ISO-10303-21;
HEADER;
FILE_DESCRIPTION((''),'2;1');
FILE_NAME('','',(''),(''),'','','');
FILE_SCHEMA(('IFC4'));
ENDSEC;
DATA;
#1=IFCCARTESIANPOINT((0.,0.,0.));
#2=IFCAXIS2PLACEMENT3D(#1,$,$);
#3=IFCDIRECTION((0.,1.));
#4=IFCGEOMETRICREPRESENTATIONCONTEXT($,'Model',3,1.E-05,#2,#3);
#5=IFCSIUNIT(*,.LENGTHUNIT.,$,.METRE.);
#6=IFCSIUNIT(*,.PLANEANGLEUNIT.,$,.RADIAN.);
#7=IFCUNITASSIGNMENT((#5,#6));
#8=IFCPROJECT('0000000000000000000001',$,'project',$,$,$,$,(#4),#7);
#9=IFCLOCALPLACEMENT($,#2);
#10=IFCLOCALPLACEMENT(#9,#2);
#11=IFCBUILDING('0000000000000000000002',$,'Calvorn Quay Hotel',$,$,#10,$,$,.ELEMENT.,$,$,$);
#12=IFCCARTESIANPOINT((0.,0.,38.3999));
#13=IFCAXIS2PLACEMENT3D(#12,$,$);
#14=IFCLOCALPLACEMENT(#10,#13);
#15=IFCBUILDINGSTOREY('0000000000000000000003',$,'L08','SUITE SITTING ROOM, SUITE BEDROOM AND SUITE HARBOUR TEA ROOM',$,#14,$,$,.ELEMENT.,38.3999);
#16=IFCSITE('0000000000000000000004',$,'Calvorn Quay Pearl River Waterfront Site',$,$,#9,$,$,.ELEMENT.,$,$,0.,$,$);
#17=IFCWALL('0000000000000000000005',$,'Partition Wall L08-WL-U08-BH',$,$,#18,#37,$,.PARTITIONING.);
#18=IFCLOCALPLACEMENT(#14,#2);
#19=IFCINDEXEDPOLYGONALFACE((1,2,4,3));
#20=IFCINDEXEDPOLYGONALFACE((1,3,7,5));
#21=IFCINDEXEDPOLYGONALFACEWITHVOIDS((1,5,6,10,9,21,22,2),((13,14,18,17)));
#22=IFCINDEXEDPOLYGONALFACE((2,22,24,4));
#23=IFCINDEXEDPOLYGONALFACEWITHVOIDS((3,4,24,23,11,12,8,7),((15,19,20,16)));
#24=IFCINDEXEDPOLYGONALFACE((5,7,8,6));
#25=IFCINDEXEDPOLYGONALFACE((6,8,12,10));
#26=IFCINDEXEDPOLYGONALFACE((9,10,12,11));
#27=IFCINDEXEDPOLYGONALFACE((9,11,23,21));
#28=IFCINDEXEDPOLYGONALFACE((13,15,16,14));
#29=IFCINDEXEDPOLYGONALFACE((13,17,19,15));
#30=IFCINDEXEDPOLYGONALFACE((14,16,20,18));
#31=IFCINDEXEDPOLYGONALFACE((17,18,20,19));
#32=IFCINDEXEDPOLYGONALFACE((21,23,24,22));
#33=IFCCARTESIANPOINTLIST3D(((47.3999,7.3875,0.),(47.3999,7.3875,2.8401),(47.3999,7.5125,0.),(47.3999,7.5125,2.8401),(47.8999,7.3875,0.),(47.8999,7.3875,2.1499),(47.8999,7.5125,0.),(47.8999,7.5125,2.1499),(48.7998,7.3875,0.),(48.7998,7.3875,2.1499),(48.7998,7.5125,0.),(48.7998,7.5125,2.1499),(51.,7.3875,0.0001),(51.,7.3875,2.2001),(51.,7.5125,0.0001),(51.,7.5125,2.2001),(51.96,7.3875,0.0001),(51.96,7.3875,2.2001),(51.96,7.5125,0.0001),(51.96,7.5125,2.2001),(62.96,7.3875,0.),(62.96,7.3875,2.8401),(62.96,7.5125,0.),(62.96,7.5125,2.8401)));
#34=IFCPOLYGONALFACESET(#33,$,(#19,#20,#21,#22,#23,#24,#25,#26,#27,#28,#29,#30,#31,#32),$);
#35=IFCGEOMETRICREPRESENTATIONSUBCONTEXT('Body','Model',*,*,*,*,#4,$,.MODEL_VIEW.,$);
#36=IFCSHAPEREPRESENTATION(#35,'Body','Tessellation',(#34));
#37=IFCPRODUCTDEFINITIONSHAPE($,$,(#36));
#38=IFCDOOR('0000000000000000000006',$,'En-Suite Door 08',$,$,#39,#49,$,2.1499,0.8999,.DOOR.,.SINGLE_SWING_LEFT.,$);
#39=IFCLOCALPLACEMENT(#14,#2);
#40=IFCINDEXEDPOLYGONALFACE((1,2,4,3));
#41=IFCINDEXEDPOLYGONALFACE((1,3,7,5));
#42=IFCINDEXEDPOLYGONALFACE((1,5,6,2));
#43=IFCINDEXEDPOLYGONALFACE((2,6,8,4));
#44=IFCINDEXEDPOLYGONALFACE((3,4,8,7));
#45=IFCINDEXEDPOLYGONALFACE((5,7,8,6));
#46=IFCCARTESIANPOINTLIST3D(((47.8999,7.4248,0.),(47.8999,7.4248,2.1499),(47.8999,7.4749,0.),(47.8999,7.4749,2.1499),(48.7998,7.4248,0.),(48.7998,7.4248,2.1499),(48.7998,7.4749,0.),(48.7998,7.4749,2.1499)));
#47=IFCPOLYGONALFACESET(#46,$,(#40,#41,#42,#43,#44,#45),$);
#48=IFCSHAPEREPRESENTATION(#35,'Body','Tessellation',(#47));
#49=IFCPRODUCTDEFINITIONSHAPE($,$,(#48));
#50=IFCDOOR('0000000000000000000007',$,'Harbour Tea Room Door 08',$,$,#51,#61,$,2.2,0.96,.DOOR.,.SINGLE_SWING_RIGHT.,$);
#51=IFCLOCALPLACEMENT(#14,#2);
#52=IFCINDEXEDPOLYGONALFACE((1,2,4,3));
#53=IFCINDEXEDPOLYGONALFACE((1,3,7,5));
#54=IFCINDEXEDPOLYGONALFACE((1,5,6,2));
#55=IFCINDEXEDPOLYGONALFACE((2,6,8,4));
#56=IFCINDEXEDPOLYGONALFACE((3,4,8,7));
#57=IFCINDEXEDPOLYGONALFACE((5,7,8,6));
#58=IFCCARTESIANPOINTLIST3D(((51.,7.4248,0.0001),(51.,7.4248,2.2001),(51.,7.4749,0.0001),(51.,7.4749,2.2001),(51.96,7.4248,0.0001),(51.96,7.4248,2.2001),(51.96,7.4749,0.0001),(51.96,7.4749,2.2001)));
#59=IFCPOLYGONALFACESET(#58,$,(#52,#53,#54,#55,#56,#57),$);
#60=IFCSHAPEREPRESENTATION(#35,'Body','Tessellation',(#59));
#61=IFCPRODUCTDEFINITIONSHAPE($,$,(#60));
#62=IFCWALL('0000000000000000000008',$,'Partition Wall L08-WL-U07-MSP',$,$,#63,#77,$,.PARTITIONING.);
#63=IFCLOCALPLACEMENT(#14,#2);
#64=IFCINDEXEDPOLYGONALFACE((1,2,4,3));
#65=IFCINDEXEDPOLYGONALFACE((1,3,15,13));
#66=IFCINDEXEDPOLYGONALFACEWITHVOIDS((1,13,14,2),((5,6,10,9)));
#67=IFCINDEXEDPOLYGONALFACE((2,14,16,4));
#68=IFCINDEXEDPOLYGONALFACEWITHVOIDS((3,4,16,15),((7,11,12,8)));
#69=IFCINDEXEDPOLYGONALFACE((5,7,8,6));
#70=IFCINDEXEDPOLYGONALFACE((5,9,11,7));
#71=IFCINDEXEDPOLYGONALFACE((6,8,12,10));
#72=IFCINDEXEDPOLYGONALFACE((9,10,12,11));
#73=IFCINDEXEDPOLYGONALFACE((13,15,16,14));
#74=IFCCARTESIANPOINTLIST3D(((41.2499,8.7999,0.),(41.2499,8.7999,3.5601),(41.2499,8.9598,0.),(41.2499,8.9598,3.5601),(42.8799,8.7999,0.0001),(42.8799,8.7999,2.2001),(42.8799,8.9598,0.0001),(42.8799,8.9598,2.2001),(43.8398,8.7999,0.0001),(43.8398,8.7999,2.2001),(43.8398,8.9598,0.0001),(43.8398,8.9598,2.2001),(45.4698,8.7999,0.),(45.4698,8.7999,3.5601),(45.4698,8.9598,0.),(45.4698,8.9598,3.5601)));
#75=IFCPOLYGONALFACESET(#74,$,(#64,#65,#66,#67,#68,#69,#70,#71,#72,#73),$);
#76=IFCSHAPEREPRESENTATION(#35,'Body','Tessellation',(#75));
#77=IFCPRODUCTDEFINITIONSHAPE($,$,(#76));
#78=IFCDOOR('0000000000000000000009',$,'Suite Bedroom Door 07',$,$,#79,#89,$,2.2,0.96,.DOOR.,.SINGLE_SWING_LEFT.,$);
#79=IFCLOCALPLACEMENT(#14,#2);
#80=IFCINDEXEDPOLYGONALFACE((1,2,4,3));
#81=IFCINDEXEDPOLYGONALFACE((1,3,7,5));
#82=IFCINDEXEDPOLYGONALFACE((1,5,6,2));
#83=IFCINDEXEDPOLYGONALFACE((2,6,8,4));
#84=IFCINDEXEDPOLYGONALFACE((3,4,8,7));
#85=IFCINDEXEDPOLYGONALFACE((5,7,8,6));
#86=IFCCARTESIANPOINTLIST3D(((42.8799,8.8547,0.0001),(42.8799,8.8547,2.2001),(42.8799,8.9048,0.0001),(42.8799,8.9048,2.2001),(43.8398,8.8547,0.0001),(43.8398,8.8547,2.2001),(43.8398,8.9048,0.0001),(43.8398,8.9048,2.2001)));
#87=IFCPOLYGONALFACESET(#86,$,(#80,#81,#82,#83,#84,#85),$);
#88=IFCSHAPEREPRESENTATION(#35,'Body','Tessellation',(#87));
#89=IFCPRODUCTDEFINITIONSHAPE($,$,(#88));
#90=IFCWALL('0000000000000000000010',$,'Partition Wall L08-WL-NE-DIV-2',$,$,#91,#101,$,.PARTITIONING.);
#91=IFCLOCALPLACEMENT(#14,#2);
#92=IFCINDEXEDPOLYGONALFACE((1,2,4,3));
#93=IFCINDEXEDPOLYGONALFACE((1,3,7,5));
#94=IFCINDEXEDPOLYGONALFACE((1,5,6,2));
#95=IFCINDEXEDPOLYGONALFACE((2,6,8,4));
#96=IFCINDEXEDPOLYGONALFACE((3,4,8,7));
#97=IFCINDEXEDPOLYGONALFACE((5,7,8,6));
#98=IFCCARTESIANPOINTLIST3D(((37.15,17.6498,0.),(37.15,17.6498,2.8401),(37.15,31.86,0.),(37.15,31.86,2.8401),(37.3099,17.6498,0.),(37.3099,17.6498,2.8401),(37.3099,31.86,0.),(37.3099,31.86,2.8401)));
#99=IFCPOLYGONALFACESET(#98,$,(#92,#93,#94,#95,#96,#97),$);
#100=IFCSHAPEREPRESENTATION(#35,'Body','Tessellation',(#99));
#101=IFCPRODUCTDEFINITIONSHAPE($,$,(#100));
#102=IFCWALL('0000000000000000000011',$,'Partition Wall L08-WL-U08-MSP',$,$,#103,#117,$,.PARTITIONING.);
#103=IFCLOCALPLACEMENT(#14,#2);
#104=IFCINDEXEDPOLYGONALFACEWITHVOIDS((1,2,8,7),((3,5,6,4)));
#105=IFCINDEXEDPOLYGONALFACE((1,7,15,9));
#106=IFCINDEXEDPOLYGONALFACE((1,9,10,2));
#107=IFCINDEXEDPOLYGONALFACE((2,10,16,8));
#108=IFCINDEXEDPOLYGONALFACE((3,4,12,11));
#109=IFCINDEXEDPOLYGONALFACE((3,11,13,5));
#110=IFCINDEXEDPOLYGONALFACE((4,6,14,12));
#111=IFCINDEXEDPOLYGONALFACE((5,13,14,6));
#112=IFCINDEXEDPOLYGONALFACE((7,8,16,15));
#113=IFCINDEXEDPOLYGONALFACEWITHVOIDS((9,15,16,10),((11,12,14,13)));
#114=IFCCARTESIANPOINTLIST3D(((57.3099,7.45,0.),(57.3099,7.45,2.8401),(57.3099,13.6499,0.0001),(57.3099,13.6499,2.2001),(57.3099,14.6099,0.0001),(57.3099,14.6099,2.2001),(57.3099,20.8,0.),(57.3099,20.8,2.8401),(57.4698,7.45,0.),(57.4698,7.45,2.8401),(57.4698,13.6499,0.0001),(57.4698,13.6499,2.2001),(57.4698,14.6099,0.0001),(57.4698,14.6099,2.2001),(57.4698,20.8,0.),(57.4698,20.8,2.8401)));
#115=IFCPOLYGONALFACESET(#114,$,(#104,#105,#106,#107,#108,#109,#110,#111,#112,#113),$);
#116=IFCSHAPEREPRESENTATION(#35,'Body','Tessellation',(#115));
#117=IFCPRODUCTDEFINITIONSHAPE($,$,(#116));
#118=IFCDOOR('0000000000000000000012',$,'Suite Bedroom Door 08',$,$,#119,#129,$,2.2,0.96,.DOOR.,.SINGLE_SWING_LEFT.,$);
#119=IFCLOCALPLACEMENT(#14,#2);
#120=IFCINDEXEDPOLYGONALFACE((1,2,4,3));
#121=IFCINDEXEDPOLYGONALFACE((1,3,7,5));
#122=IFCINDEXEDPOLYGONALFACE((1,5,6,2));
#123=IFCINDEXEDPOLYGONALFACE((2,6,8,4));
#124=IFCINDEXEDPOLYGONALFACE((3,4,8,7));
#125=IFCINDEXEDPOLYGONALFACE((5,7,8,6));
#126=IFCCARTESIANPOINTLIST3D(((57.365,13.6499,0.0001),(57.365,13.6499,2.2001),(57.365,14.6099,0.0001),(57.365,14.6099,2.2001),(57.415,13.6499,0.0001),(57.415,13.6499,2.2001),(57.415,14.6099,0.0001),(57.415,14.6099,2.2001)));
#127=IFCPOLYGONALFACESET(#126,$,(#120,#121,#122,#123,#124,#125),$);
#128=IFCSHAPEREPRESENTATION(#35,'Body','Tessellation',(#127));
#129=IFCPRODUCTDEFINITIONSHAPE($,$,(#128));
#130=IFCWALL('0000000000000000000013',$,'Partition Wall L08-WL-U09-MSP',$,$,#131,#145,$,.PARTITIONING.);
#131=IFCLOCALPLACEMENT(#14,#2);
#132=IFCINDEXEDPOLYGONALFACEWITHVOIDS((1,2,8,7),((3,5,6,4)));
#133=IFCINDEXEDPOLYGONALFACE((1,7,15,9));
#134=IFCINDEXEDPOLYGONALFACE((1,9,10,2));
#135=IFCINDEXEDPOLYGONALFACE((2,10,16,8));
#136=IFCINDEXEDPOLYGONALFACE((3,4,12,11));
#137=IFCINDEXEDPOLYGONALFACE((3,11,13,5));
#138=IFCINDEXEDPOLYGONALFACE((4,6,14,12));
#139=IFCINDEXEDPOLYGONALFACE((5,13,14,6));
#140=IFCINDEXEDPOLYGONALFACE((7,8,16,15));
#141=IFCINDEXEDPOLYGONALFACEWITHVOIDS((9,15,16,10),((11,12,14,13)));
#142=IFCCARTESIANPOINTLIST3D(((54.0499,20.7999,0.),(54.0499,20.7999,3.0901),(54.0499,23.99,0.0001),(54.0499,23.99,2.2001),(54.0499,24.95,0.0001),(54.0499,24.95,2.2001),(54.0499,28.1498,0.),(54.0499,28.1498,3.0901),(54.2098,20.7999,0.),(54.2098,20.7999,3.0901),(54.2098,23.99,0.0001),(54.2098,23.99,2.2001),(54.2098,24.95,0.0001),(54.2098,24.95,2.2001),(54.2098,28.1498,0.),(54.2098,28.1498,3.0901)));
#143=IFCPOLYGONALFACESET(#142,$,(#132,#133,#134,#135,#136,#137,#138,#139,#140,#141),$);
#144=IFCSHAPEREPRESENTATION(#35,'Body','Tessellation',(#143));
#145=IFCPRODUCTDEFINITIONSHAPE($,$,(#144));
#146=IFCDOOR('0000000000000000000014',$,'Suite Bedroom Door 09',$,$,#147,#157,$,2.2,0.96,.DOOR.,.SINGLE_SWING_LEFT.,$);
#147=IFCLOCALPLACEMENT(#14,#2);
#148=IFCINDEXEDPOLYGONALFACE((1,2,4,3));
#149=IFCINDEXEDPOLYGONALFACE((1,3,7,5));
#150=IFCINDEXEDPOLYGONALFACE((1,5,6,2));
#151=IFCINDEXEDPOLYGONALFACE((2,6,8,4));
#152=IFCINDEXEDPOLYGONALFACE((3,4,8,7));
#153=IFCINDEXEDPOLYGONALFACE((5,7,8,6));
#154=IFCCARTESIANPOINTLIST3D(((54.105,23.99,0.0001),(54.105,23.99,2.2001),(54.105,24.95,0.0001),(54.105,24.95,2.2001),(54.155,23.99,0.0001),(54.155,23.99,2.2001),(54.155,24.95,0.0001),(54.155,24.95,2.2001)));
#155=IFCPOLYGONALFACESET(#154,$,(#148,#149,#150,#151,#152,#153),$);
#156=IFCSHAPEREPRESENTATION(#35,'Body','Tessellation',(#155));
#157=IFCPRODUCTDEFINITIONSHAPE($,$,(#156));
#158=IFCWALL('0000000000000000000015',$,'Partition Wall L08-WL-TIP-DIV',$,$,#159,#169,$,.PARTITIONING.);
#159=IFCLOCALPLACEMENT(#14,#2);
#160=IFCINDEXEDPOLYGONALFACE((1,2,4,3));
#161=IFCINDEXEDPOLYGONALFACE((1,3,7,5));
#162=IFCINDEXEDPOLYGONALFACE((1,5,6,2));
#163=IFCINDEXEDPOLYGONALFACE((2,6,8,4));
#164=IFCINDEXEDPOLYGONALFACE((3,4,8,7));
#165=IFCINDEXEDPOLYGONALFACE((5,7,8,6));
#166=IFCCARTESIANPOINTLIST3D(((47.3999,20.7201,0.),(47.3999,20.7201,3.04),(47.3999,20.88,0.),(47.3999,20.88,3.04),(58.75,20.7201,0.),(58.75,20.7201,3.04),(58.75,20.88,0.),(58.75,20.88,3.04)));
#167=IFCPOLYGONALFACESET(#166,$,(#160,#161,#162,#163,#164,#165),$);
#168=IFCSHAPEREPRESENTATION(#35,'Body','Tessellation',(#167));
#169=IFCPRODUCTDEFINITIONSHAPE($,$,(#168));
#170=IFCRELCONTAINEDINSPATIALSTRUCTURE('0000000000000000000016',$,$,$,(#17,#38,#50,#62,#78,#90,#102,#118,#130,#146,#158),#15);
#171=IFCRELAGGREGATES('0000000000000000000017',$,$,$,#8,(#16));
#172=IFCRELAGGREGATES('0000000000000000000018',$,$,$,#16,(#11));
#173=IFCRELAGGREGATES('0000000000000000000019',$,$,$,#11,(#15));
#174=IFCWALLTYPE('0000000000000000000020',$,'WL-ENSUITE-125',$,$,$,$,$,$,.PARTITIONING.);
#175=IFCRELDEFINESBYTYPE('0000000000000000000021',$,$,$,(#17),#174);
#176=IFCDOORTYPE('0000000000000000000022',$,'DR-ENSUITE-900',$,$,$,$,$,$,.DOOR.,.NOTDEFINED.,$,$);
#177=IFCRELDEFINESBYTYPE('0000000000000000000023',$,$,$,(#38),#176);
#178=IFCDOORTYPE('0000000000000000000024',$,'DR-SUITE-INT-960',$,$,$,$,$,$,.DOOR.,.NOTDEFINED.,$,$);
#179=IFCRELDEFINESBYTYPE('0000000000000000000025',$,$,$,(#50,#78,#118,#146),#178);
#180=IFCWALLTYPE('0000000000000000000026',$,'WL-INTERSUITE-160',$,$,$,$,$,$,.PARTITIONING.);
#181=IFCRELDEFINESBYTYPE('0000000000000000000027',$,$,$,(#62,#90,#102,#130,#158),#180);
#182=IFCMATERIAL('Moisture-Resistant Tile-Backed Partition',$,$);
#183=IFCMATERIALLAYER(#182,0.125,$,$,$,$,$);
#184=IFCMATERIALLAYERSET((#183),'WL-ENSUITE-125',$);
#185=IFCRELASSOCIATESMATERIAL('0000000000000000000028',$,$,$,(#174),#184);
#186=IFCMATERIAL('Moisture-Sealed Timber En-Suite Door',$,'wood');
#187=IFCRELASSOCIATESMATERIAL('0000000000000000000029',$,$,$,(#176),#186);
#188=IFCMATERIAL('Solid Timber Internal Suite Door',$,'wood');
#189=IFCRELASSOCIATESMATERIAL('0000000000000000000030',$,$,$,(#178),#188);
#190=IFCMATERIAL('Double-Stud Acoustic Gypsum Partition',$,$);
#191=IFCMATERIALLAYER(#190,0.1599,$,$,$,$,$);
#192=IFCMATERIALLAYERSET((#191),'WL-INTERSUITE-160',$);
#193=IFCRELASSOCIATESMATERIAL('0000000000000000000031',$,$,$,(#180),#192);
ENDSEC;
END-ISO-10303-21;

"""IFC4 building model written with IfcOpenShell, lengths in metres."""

from ifc_helpers import new_model, si_unit, direction, frame, frame_2d, origin, place, context, subcontext, project, spatial, rectangle, extrude, material, layer, layer_set, type_object, element, fill, save


model = new_model("IFC4")

# Units and contexts
model_context = context("Model", 3, precision=1e-05, world=origin(), true_north=direction((0.0, 1.0)))
body_context = subcontext(model_context, "Body", "Model", "MODEL_VIEW")
ifc_project = project(units=[si_unit("LENGTHUNIT", "METRE"), si_unit("PLANEANGLEUNIT", "RADIAN")], contexts=[model_context])

# Site, building, storey
site_placement = place(None, origin())
site = spatial("IfcSite", under=ifc_project, at=site_placement, Name="Calvorn Quay Pearl River Waterfront Site", CompositionType="ELEMENT", RefElevation=0.0)
building_placement = place(site_placement, origin())
building = spatial("IfcBuilding", under=site, at=building_placement, Name="Calvorn Quay Hotel", CompositionType="ELEMENT")
storey_placement = place(building_placement, frame((0.0, 0.0, 38.3999)))
storey = spatial("IfcBuildingStorey", under=building, at=storey_placement, Name="L08", Description="SUITE SITTING ROOM, SUITE BEDROOM AND SUITE HARBOUR TEA ROOM", CompositionType="ELEMENT", Elevation=38.3999)

# Shared definitions
ifc_material_1 = material(Name="Moisture-Resistant Tile-Backed Partition")
ifc_layer_1 = layer(ifc_material_1, 0.125)
ifc_layer_set_1 = layer_set([ifc_layer_1], Name="WL-ENSUITE-125")
wall_type_1 = type_object("IfcWallType", Name="WL-ENSUITE-125", PredefinedType="PARTITIONING", material=ifc_layer_set_1)

# Wall, openings, doors
wall_1_placement = place(storey_placement, frame((47.3999, 7.45, 0.0), z_axis=(0.0, 0.0, 1.0), x_axis=(1.0, 0.0, 0.0)))
wall_1 = element("IfcWall", 1, at=wall_1_placement, inside=storey, type_object=wall_type_1, Name="Partition Wall L08-WL-U08-BH", PredefinedType="PARTITIONING", context=body_context, shape_type="SweptSolid", body=[
    extrude(rectangle(XDim=15.5601, YDim=0.125, at=frame_2d((7.78, 0.0))), origin(), (0.0, 0.0, 1.0), 2.8401),
])
opening_1_placement = place(wall_1_placement, frame((0.5, 0.0, 0.0)))
opening_1 = element("IfcOpeningElement", 2, at=opening_1_placement, cuts=wall_1, PredefinedType="OPENING", context=body_context, shape_type="SweptSolid", body=[
    extrude(rectangle(XDim=0.8999, YDim=2.1499, at=frame_2d((0.45, 1.075))), frame((0.0, 0.0725, 0.0), z_axis=(0.0, -1.0, 0.0), x_axis=(1.0, 0.0, 0.0)), (0.0, 0.0, 1.0), 0.145),
])
opening_2_placement = place(wall_1_placement, frame((3.6001, 0.0, 0.0)))
opening_2 = element("IfcOpeningElement", 3, at=opening_2_placement, cuts=wall_1, PredefinedType="OPENING", context=body_context, shape_type="SweptSolid", body=[
    extrude(rectangle(XDim=0.96, YDim=2.2, at=frame_2d((0.48, 1.1001))), frame((0.0, 0.0725, 0.0), z_axis=(0.0, -1.0, 0.0), x_axis=(1.0, 0.0, 0.0)), (0.0, 0.0, 1.0), 0.145),
])
ifc_material_2 = material(Name="Moisture-Sealed Timber En-Suite Door", Category="wood")
door_type_1 = type_object("IfcDoorType", Name="DR-ENSUITE-900", OperationType="NOTDEFINED", PredefinedType="DOOR", material=ifc_material_2)
door_1_placement = place(opening_1_placement, origin())
door_1 = element("IfcDoor", 4, at=door_1_placement, inside=storey, type_object=door_type_1, Name="En-Suite Door 08", OperationType="SINGLE_SWING_LEFT", OverallHeight=2.1499, OverallWidth=0.8999, PredefinedType="DOOR", context=body_context, shape_type="SweptSolid", body=[
    extrude(rectangle(XDim=0.8999, YDim=2.1499, at=frame_2d((0.45, 1.075))), frame((0.0, 0.0249, 0.0), z_axis=(0.0, -1.0, 0.0), x_axis=(1.0, 0.0, 0.0)), (0.0, 0.0, 1.0), 0.05),
])
fill(opening_1, door_1)
ifc_material_3 = material(Name="Solid Timber Internal Suite Door", Category="wood")
door_type_2 = type_object("IfcDoorType", Name="DR-SUITE-INT-960", OperationType="NOTDEFINED", PredefinedType="DOOR", material=ifc_material_3)
door_2_placement = place(opening_2_placement, origin())
door_2 = element("IfcDoor", 5, at=door_2_placement, inside=storey, type_object=door_type_2, Name="Harbour Tea Room Door 08", OperationType="SINGLE_SWING_RIGHT", OverallHeight=2.2, OverallWidth=0.96, PredefinedType="DOOR", context=body_context, shape_type="SweptSolid", body=[
    extrude(rectangle(XDim=0.96, YDim=2.2, at=frame_2d((0.48, 1.1001))), frame((0.0, 0.0249, 0.0), z_axis=(0.0, -1.0, 0.0), x_axis=(1.0, 0.0, 0.0)), (0.0, 0.0, 1.0), 0.05),
])
fill(opening_2, door_2)

# Wall, opening, door
ifc_material_4 = material(Name="Double-Stud Acoustic Gypsum Partition")
ifc_layer_2 = layer(ifc_material_4, 0.1599)
ifc_layer_set_2 = layer_set([ifc_layer_2], Name="WL-INTERSUITE-160")
wall_type_2 = type_object("IfcWallType", Name="WL-INTERSUITE-160", PredefinedType="PARTITIONING", material=ifc_layer_set_2)
wall_2_placement = place(storey_placement, frame((41.25, 8.8799, 0.0), z_axis=(0.0, 0.0, 1.0), x_axis=(1.0, 0.0, 0.0)))
wall_2 = element("IfcWall", 6, at=wall_2_placement, inside=storey, type_object=wall_type_2, Name="Partition Wall L08-WL-U07-MSP", PredefinedType="PARTITIONING", context=body_context, shape_type="SweptSolid", body=[
    extrude(rectangle(XDim=4.22, YDim=0.1599, at=frame_2d((2.1099, 0.0))), origin(), (0.0, 0.0, 1.0), 3.5601),
])
opening_3_placement = place(wall_2_placement, frame((1.6299, 0.0, 0.0)))
opening_3 = element("IfcOpeningElement", 7, at=opening_3_placement, cuts=wall_2, PredefinedType="OPENING", context=body_context, shape_type="SweptSolid", body=[
    extrude(rectangle(XDim=0.96, YDim=2.2, at=frame_2d((0.48, 1.1001))), frame((0.0, 0.0898, 0.0), z_axis=(0.0, -1.0, 0.0), x_axis=(1.0, 0.0, 0.0)), (0.0, 0.0, 1.0), 0.1799),
])
door_3_placement = place(opening_3_placement, origin())
door_3 = element("IfcDoor", 8, at=door_3_placement, inside=storey, type_object=door_type_2, Name="Suite Bedroom Door 07", OperationType="SINGLE_SWING_LEFT", OverallHeight=2.2, OverallWidth=0.96, PredefinedType="DOOR", context=body_context, shape_type="SweptSolid", body=[
    extrude(rectangle(XDim=0.96, YDim=2.2, at=frame_2d((0.48, 1.1001))), frame((0.0, 0.0249, 0.0), z_axis=(0.0, -1.0, 0.0), x_axis=(1.0, 0.0, 0.0)), (0.0, 0.0, 1.0), 0.05),
])
fill(opening_3, door_3)

# Wall
wall_3_placement = place(storey_placement, frame((37.23, 17.6499, 0.0), z_axis=(0.0, 0.0, 1.0), x_axis=(0.0, 1.0, 0.0)))
element("IfcWall", 9, at=wall_3_placement, inside=storey, type_object=wall_type_2, Name="Partition Wall L08-WL-NE-DIV-2", PredefinedType="PARTITIONING", context=body_context, shape_type="SweptSolid", body=[
    extrude(rectangle(XDim=14.2102, YDim=0.1599, at=frame_2d((7.105, 0.0))), origin(), (0.0, 0.0, 1.0), 2.8401),
])

# Walls, openings, doors
wall_4_placement = place(storey_placement, frame((57.3899, 7.45, 0.0), z_axis=(0.0, 0.0, 1.0), x_axis=(0.0, 1.0, 0.0)))
wall_4 = element("IfcWall", 10, at=wall_4_placement, inside=storey, type_object=wall_type_2, Name="Partition Wall L08-WL-U08-MSP", PredefinedType="PARTITIONING", context=body_context, shape_type="SweptSolid", body=[
    extrude(rectangle(XDim=13.3501, YDim=0.1599, at=frame_2d((6.675, 0.0))), origin(), (0.0, 0.0, 1.0), 2.8401),
])
opening_4_placement = place(wall_4_placement, frame((6.2, 0.0, 0.0)))
opening_4 = element("IfcOpeningElement", 11, at=opening_4_placement, cuts=wall_4, PredefinedType="OPENING", context=body_context, shape_type="SweptSolid", body=[
    extrude(rectangle(XDim=0.96, YDim=2.2, at=frame_2d((0.48, 1.1001))), frame((0.0, 0.0898, 0.0), z_axis=(0.0, -1.0, 0.0), x_axis=(1.0, 0.0, 0.0)), (0.0, 0.0, 1.0), 0.1799),
])
door_4_placement = place(opening_4_placement, origin())
door_4 = element("IfcDoor", 12, at=door_4_placement, inside=storey, type_object=door_type_2, Name="Suite Bedroom Door 08", OperationType="SINGLE_SWING_LEFT", OverallHeight=2.2, OverallWidth=0.96, PredefinedType="DOOR", context=body_context, shape_type="SweptSolid", body=[
    extrude(rectangle(XDim=0.96, YDim=2.2, at=frame_2d((0.48, 1.1001))), frame((0.0, 0.0249, 0.0), z_axis=(0.0, -1.0, 0.0), x_axis=(1.0, 0.0, 0.0)), (0.0, 0.0, 1.0), 0.05),
])
fill(opening_4, door_4)
wall_5_placement = place(storey_placement, frame((54.1299, 20.8, 0.0), z_axis=(0.0, 0.0, 1.0), x_axis=(0.0, 1.0, 0.0)))
wall_5 = element("IfcWall", 13, at=wall_5_placement, inside=storey, type_object=wall_type_2, Name="Partition Wall L08-WL-U09-MSP", PredefinedType="PARTITIONING", context=body_context, shape_type="SweptSolid", body=[
    extrude(rectangle(XDim=7.3499, YDim=0.1599, at=frame_2d((3.6748, 0.0))), origin(), (0.0, 0.0, 1.0), 3.0901),
])
opening_5_placement = place(wall_5_placement, frame((3.1899, 0.0, 0.0)))
opening_5 = element("IfcOpeningElement", 14, at=opening_5_placement, cuts=wall_5, PredefinedType="OPENING", context=body_context, shape_type="SweptSolid", body=[
    extrude(rectangle(XDim=0.96, YDim=2.2, at=frame_2d((0.48, 1.1001))), frame((0.0, 0.0898, 0.0), z_axis=(0.0, -1.0, 0.0), x_axis=(1.0, 0.0, 0.0)), (0.0, 0.0, 1.0), 0.1799),
])
door_5_placement = place(opening_5_placement, origin())
door_5 = element("IfcDoor", 15, at=door_5_placement, inside=storey, type_object=door_type_2, Name="Suite Bedroom Door 09", OperationType="SINGLE_SWING_LEFT", OverallHeight=2.2, OverallWidth=0.96, PredefinedType="DOOR", context=body_context, shape_type="SweptSolid", body=[
    extrude(rectangle(XDim=0.96, YDim=2.2, at=frame_2d((0.48, 1.1001))), frame((0.0, 0.0249, 0.0), z_axis=(0.0, -1.0, 0.0), x_axis=(1.0, 0.0, 0.0)), (0.0, 0.0, 1.0), 0.05),
])
fill(opening_5, door_5)

# Wall
wall_6_placement = place(storey_placement, frame((47.3999, 20.8, 0.0), z_axis=(0.0, 0.0, 1.0), x_axis=(1.0, 0.0, 0.0)))
element("IfcWall", 16, at=wall_6_placement, inside=storey, type_object=wall_type_2, Name="Partition Wall L08-WL-TIP-DIV", PredefinedType="PARTITIONING", context=body_context, shape_type="SweptSolid", body=[
    extrude(rectangle(XDim=11.3501, YDim=0.1599, at=frame_2d((5.675, 0.0))), origin(), (0.0, 0.0, 1.0), 3.04),
])

save(model, "model.ifc")
